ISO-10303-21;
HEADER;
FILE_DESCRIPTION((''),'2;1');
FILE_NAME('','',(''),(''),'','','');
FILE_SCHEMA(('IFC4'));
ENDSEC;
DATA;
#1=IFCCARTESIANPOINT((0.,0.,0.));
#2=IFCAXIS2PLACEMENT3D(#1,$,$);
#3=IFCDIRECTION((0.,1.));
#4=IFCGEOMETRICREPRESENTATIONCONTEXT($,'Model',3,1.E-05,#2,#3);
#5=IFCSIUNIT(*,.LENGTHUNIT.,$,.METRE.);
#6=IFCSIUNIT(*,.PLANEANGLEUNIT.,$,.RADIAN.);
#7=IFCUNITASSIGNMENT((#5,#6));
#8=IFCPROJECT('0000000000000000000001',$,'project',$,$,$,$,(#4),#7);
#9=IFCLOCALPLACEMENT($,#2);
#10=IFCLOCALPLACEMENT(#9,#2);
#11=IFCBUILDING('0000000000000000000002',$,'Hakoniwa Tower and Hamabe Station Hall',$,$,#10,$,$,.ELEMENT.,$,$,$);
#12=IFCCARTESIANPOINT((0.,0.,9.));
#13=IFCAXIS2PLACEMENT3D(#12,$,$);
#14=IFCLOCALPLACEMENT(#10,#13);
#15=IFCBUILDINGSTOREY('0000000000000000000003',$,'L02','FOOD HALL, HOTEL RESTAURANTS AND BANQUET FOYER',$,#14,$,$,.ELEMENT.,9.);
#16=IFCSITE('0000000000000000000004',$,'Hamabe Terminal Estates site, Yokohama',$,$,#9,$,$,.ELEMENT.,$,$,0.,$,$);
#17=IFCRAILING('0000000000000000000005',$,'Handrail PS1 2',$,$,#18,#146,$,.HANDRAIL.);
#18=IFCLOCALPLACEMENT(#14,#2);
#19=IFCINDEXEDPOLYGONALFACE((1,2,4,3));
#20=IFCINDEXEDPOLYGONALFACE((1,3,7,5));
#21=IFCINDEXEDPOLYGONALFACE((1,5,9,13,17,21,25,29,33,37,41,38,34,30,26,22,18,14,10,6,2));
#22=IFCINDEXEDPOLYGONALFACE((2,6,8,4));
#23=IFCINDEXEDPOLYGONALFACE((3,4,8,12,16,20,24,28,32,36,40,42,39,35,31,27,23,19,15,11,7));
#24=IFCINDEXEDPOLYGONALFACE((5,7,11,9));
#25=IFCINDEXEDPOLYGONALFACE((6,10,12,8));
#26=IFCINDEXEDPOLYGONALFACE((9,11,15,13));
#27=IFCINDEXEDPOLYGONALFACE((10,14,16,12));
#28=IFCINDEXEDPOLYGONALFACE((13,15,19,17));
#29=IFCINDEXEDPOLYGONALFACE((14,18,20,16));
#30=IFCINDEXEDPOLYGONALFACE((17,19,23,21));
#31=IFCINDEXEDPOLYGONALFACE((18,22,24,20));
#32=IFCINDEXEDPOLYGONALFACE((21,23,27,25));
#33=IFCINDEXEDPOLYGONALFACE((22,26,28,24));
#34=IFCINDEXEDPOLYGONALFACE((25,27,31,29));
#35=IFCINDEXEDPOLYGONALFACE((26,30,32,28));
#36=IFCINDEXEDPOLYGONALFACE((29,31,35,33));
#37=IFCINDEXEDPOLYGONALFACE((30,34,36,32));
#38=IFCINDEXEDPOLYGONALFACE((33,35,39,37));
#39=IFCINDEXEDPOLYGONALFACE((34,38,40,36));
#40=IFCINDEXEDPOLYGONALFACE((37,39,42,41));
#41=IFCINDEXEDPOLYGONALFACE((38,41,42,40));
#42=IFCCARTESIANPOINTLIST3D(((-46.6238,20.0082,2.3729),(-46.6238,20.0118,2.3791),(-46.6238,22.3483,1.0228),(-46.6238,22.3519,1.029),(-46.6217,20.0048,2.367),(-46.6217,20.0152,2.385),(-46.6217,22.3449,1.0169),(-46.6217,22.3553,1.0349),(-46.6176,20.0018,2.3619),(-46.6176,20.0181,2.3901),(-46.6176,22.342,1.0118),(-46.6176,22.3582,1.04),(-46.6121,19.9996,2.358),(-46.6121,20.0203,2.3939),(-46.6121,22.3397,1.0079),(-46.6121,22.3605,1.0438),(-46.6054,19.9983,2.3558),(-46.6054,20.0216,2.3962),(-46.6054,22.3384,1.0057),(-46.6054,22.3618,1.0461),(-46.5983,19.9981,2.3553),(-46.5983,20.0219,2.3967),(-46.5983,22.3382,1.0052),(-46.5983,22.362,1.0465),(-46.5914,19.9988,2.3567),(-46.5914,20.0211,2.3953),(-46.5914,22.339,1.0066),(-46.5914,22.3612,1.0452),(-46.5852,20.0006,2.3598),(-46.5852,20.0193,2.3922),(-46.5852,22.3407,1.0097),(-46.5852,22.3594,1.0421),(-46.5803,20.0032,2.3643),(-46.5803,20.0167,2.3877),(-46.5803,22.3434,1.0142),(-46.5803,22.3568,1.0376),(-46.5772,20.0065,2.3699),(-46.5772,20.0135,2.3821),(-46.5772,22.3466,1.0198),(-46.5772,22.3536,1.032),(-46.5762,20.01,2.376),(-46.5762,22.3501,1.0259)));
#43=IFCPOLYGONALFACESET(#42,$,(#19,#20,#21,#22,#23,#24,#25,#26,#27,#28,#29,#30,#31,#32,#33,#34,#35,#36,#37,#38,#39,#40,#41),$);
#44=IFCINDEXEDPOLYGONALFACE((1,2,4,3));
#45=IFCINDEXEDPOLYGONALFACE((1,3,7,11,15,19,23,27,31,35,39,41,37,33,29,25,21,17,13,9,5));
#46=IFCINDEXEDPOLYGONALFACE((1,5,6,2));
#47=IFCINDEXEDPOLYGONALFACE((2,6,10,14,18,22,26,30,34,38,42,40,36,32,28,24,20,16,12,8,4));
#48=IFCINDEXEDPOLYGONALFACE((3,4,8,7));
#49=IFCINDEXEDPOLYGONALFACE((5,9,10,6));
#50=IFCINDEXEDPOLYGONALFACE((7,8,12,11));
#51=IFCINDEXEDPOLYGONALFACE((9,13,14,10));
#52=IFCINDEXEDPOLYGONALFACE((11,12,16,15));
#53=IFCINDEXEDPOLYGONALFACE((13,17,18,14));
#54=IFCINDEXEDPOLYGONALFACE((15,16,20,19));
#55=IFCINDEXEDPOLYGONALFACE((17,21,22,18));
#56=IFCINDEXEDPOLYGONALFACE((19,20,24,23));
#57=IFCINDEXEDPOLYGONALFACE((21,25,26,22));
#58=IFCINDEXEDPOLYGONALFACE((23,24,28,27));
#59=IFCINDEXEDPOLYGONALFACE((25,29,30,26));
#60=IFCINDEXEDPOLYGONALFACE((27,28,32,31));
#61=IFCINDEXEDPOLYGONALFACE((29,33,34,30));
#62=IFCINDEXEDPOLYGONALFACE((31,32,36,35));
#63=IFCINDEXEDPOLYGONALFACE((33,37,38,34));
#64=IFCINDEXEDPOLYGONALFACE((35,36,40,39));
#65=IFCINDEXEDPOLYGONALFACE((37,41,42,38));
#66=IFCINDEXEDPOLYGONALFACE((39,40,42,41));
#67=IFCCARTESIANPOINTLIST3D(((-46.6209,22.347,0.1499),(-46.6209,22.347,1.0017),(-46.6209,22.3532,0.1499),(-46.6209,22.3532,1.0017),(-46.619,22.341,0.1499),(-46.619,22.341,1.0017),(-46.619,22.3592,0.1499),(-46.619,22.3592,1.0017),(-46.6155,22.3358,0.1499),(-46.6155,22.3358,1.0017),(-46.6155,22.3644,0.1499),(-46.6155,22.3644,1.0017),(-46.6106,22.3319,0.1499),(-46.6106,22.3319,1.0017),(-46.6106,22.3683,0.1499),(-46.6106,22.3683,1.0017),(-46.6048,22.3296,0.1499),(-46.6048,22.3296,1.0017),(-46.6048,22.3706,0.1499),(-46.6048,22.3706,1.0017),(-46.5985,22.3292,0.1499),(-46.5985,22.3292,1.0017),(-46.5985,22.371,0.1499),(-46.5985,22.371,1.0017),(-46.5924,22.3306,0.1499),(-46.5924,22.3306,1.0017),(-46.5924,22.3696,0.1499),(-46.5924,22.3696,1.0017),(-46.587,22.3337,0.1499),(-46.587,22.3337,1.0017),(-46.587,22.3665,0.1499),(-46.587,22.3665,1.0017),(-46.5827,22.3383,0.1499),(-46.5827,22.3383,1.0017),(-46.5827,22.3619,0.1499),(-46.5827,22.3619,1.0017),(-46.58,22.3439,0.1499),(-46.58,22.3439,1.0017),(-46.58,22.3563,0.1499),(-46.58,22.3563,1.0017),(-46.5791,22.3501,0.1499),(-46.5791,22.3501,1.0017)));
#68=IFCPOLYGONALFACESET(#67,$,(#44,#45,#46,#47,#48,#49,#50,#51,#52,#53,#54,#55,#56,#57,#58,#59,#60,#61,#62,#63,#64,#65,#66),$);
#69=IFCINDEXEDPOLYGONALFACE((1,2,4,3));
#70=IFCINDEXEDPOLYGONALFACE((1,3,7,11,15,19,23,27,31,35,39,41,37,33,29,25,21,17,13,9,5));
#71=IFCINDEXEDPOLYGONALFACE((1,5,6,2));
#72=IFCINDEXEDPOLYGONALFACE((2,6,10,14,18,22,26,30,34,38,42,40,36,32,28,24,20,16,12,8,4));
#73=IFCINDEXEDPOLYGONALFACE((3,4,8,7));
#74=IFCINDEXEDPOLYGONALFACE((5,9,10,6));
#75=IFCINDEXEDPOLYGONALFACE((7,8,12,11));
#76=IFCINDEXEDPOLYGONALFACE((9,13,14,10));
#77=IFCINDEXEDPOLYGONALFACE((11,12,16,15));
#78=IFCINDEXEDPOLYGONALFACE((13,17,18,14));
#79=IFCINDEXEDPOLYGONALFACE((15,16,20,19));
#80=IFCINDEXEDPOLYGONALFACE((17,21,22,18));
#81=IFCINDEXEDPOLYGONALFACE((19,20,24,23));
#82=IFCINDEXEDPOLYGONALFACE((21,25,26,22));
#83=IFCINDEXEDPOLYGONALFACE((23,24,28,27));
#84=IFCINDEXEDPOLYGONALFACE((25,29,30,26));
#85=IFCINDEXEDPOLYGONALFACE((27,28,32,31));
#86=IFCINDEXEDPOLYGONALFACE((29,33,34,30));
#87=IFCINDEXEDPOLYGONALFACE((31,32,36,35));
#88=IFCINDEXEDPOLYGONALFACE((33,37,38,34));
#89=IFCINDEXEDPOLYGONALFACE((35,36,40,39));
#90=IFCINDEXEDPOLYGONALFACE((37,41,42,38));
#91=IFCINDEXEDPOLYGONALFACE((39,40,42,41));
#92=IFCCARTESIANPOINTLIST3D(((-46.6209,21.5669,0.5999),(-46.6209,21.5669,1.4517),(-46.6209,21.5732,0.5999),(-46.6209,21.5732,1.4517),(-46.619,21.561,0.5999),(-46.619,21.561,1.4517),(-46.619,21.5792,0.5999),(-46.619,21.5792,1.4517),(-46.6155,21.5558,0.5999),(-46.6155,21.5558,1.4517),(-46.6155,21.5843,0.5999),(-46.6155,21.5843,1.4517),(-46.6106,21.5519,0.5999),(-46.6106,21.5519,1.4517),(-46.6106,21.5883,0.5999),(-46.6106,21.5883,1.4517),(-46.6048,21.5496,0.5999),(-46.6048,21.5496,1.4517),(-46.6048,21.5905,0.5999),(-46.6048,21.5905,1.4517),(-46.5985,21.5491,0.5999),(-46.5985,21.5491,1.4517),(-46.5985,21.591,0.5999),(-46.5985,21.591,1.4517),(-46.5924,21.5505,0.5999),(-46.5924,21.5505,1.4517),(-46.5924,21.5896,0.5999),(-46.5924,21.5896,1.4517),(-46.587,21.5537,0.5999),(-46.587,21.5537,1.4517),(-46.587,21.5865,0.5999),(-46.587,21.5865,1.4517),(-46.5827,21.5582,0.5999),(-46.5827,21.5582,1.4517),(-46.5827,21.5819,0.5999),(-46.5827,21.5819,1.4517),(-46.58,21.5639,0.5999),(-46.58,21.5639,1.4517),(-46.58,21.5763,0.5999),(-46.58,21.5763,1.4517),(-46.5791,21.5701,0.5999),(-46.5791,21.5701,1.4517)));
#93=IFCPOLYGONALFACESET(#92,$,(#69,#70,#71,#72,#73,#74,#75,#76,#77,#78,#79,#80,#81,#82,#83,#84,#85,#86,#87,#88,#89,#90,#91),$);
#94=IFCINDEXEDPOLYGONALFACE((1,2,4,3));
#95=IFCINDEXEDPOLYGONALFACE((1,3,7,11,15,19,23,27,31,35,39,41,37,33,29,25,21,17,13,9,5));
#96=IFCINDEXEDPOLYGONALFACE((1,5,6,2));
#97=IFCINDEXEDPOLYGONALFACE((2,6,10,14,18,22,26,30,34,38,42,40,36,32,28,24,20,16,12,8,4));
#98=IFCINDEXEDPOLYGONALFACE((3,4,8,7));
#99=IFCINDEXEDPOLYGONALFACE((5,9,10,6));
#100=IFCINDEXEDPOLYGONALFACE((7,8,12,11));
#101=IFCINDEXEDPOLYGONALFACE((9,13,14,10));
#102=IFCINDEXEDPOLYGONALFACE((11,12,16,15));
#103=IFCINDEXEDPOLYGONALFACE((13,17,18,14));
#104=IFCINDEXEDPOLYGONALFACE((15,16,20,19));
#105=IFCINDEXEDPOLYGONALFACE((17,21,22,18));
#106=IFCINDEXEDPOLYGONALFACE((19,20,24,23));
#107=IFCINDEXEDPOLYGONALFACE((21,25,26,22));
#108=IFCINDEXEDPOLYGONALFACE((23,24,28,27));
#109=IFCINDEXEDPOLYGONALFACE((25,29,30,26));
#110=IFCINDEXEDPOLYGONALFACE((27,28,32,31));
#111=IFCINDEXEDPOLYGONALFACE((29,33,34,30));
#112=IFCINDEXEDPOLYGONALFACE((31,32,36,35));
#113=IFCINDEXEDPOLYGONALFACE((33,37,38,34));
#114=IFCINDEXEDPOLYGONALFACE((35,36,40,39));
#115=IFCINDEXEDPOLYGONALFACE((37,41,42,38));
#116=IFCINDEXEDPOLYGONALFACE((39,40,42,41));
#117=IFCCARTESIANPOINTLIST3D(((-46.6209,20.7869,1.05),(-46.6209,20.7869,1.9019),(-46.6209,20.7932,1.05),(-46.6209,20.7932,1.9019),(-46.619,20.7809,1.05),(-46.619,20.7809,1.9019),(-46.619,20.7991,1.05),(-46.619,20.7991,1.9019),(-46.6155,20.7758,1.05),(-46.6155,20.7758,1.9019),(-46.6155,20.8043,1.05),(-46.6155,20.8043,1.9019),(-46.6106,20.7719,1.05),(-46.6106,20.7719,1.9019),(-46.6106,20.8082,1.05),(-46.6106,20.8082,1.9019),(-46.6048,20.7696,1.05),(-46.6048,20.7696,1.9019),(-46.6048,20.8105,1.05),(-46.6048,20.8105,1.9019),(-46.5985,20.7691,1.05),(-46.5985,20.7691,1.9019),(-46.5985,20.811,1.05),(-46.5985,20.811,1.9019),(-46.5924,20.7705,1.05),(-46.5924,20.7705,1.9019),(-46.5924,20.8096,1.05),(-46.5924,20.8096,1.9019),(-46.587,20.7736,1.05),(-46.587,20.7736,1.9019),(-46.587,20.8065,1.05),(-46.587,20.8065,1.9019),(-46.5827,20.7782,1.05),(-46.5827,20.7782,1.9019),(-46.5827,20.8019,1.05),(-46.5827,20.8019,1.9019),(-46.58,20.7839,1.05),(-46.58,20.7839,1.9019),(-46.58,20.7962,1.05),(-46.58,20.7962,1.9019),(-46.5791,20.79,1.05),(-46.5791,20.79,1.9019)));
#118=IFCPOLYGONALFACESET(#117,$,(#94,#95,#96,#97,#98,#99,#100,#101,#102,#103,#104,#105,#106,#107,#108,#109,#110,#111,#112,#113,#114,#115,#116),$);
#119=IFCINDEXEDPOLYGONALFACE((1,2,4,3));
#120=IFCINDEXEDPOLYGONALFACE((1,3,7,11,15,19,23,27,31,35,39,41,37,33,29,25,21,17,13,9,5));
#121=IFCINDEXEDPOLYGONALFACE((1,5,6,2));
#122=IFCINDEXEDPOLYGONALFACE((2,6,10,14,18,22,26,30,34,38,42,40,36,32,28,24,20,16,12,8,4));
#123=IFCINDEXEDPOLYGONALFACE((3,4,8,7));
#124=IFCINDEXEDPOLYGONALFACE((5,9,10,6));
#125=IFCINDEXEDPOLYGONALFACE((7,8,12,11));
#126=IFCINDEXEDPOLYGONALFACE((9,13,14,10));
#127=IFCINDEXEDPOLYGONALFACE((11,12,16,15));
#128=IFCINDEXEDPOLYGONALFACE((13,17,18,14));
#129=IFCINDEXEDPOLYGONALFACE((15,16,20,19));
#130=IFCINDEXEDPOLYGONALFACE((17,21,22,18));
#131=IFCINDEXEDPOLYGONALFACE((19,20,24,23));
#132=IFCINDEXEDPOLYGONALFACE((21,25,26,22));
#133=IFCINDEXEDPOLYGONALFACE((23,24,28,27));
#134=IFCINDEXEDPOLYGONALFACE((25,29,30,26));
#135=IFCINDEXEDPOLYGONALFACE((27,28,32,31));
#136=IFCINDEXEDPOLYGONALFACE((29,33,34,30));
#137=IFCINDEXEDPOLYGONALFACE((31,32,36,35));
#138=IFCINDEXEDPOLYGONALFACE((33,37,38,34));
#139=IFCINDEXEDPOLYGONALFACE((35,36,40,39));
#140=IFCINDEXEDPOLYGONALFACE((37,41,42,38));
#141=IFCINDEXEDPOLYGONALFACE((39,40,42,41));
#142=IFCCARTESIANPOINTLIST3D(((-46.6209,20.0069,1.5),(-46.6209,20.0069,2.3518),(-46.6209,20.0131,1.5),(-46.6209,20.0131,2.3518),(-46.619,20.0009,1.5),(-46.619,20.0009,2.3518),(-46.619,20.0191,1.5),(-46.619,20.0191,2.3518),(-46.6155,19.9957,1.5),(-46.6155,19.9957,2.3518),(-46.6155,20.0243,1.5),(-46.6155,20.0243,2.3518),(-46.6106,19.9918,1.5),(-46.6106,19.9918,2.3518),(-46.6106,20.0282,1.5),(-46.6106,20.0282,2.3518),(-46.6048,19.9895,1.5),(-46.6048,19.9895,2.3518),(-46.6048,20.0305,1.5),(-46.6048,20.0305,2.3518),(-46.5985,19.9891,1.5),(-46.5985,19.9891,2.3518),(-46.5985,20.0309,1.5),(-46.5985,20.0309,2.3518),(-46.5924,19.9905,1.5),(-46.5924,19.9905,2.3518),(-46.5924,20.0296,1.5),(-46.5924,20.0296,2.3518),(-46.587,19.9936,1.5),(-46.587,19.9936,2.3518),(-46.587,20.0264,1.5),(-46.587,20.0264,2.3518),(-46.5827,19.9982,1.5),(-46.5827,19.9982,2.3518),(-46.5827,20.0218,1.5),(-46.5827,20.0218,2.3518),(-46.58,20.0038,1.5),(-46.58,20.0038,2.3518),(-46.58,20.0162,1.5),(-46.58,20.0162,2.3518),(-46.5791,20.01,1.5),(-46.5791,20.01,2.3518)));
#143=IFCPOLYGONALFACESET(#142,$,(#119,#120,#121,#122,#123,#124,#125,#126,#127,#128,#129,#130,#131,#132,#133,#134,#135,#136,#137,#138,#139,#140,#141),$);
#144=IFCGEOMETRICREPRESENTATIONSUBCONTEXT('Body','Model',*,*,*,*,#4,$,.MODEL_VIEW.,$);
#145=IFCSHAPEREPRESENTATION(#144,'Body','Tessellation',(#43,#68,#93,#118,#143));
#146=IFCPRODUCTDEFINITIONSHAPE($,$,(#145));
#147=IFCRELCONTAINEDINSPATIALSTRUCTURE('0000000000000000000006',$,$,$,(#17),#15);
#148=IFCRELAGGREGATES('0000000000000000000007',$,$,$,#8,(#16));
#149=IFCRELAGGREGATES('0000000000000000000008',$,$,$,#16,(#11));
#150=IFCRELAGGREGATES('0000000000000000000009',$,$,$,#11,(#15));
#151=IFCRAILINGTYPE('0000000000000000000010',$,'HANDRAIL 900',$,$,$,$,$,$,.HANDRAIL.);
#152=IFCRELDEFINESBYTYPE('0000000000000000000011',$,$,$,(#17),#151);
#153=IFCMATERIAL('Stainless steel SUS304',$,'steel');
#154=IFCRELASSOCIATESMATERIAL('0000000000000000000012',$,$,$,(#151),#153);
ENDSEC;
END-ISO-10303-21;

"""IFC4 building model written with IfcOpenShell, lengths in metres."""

from ifc_helpers import new_model, si_unit, direction, frame, origin, origin_2d, place, context, subcontext, project, spatial, circle, extrude, material, type_object, element, save


model = new_model("IFC4")

# Units and contexts
model_context = context("Model", 3, precision=1e-05, world=origin(), true_north=direction((0.0, 1.0)))
body_context = subcontext(model_context, "Body", "Model", "MODEL_VIEW")
ifc_project = project(units=[si_unit("LENGTHUNIT", "METRE"), si_unit("PLANEANGLEUNIT", "RADIAN")], contexts=[model_context])

# Site, building, storey
site_placement = place(None, origin())
site = spatial("IfcSite", under=ifc_project, at=site_placement, Name="Hamabe Terminal Estates site, Yokohama", CompositionType="ELEMENT", RefElevation=0.0)
building_placement = place(site_placement, origin())
building = spatial("IfcBuilding", under=site, at=building_placement, Name="Hakoniwa Tower and Hamabe Station Hall", CompositionType="ELEMENT")
storey_placement = place(building_placement, frame((0.0, 0.0, 9.0)))
storey = spatial("IfcBuildingStorey", under=building, at=storey_placement, Name="L02", Description="FOOD HALL, HOTEL RESTAURANTS AND BANQUET FOYER", CompositionType="ELEMENT", Elevation=9.0)

# Railing
ifc_material_1 = material(Name="Stainless steel SUS304", Category="steel")
railing_type_1 = type_object("IfcRailingType", Name="HANDRAIL 900", PredefinedType="HANDRAIL", material=ifc_material_1)
for number, where, name in (
    (1, (-46.6001, 22.3501, 0.1499), "Handrail PS1 2"),
):
    element("IfcRailing", number, at=place(storey_placement, frame(where)), inside=storey, type_object=railing_type_1, Name=name, PredefinedType="HANDRAIL", context=body_context, shape_type="SweptSolid", body=[
        extrude(circle(Radius=0.0239, at=origin_2d()), frame((0.0, 0.0, 0.876), z_axis=(0.0, -0.866178, 0.499735), x_axis=(1.0, 0.0, 0.0)), (0.0, 0.0, 1.0), 2.7017),
        extrude(circle(Radius=0.021, at=origin_2d()), origin(), (0.0, 0.0, 1.0), 0.8518),
        extrude(circle(Radius=0.021, at=origin_2d()), frame((0.0, -0.78, 0.45)), (0.0, 0.0, 1.0), 0.8518),
        extrude(circle(Radius=0.021, at=origin_2d()), frame((0.0, -1.5601, 0.9001)), (0.0, 0.0, 1.0), 0.8518),
        extrude(circle(Radius=0.021, at=origin_2d()), frame((0.0, -2.3401, 1.3501)), (0.0, 0.0, 1.0), 0.8518),
    ])

save(model, "model.ifc")
